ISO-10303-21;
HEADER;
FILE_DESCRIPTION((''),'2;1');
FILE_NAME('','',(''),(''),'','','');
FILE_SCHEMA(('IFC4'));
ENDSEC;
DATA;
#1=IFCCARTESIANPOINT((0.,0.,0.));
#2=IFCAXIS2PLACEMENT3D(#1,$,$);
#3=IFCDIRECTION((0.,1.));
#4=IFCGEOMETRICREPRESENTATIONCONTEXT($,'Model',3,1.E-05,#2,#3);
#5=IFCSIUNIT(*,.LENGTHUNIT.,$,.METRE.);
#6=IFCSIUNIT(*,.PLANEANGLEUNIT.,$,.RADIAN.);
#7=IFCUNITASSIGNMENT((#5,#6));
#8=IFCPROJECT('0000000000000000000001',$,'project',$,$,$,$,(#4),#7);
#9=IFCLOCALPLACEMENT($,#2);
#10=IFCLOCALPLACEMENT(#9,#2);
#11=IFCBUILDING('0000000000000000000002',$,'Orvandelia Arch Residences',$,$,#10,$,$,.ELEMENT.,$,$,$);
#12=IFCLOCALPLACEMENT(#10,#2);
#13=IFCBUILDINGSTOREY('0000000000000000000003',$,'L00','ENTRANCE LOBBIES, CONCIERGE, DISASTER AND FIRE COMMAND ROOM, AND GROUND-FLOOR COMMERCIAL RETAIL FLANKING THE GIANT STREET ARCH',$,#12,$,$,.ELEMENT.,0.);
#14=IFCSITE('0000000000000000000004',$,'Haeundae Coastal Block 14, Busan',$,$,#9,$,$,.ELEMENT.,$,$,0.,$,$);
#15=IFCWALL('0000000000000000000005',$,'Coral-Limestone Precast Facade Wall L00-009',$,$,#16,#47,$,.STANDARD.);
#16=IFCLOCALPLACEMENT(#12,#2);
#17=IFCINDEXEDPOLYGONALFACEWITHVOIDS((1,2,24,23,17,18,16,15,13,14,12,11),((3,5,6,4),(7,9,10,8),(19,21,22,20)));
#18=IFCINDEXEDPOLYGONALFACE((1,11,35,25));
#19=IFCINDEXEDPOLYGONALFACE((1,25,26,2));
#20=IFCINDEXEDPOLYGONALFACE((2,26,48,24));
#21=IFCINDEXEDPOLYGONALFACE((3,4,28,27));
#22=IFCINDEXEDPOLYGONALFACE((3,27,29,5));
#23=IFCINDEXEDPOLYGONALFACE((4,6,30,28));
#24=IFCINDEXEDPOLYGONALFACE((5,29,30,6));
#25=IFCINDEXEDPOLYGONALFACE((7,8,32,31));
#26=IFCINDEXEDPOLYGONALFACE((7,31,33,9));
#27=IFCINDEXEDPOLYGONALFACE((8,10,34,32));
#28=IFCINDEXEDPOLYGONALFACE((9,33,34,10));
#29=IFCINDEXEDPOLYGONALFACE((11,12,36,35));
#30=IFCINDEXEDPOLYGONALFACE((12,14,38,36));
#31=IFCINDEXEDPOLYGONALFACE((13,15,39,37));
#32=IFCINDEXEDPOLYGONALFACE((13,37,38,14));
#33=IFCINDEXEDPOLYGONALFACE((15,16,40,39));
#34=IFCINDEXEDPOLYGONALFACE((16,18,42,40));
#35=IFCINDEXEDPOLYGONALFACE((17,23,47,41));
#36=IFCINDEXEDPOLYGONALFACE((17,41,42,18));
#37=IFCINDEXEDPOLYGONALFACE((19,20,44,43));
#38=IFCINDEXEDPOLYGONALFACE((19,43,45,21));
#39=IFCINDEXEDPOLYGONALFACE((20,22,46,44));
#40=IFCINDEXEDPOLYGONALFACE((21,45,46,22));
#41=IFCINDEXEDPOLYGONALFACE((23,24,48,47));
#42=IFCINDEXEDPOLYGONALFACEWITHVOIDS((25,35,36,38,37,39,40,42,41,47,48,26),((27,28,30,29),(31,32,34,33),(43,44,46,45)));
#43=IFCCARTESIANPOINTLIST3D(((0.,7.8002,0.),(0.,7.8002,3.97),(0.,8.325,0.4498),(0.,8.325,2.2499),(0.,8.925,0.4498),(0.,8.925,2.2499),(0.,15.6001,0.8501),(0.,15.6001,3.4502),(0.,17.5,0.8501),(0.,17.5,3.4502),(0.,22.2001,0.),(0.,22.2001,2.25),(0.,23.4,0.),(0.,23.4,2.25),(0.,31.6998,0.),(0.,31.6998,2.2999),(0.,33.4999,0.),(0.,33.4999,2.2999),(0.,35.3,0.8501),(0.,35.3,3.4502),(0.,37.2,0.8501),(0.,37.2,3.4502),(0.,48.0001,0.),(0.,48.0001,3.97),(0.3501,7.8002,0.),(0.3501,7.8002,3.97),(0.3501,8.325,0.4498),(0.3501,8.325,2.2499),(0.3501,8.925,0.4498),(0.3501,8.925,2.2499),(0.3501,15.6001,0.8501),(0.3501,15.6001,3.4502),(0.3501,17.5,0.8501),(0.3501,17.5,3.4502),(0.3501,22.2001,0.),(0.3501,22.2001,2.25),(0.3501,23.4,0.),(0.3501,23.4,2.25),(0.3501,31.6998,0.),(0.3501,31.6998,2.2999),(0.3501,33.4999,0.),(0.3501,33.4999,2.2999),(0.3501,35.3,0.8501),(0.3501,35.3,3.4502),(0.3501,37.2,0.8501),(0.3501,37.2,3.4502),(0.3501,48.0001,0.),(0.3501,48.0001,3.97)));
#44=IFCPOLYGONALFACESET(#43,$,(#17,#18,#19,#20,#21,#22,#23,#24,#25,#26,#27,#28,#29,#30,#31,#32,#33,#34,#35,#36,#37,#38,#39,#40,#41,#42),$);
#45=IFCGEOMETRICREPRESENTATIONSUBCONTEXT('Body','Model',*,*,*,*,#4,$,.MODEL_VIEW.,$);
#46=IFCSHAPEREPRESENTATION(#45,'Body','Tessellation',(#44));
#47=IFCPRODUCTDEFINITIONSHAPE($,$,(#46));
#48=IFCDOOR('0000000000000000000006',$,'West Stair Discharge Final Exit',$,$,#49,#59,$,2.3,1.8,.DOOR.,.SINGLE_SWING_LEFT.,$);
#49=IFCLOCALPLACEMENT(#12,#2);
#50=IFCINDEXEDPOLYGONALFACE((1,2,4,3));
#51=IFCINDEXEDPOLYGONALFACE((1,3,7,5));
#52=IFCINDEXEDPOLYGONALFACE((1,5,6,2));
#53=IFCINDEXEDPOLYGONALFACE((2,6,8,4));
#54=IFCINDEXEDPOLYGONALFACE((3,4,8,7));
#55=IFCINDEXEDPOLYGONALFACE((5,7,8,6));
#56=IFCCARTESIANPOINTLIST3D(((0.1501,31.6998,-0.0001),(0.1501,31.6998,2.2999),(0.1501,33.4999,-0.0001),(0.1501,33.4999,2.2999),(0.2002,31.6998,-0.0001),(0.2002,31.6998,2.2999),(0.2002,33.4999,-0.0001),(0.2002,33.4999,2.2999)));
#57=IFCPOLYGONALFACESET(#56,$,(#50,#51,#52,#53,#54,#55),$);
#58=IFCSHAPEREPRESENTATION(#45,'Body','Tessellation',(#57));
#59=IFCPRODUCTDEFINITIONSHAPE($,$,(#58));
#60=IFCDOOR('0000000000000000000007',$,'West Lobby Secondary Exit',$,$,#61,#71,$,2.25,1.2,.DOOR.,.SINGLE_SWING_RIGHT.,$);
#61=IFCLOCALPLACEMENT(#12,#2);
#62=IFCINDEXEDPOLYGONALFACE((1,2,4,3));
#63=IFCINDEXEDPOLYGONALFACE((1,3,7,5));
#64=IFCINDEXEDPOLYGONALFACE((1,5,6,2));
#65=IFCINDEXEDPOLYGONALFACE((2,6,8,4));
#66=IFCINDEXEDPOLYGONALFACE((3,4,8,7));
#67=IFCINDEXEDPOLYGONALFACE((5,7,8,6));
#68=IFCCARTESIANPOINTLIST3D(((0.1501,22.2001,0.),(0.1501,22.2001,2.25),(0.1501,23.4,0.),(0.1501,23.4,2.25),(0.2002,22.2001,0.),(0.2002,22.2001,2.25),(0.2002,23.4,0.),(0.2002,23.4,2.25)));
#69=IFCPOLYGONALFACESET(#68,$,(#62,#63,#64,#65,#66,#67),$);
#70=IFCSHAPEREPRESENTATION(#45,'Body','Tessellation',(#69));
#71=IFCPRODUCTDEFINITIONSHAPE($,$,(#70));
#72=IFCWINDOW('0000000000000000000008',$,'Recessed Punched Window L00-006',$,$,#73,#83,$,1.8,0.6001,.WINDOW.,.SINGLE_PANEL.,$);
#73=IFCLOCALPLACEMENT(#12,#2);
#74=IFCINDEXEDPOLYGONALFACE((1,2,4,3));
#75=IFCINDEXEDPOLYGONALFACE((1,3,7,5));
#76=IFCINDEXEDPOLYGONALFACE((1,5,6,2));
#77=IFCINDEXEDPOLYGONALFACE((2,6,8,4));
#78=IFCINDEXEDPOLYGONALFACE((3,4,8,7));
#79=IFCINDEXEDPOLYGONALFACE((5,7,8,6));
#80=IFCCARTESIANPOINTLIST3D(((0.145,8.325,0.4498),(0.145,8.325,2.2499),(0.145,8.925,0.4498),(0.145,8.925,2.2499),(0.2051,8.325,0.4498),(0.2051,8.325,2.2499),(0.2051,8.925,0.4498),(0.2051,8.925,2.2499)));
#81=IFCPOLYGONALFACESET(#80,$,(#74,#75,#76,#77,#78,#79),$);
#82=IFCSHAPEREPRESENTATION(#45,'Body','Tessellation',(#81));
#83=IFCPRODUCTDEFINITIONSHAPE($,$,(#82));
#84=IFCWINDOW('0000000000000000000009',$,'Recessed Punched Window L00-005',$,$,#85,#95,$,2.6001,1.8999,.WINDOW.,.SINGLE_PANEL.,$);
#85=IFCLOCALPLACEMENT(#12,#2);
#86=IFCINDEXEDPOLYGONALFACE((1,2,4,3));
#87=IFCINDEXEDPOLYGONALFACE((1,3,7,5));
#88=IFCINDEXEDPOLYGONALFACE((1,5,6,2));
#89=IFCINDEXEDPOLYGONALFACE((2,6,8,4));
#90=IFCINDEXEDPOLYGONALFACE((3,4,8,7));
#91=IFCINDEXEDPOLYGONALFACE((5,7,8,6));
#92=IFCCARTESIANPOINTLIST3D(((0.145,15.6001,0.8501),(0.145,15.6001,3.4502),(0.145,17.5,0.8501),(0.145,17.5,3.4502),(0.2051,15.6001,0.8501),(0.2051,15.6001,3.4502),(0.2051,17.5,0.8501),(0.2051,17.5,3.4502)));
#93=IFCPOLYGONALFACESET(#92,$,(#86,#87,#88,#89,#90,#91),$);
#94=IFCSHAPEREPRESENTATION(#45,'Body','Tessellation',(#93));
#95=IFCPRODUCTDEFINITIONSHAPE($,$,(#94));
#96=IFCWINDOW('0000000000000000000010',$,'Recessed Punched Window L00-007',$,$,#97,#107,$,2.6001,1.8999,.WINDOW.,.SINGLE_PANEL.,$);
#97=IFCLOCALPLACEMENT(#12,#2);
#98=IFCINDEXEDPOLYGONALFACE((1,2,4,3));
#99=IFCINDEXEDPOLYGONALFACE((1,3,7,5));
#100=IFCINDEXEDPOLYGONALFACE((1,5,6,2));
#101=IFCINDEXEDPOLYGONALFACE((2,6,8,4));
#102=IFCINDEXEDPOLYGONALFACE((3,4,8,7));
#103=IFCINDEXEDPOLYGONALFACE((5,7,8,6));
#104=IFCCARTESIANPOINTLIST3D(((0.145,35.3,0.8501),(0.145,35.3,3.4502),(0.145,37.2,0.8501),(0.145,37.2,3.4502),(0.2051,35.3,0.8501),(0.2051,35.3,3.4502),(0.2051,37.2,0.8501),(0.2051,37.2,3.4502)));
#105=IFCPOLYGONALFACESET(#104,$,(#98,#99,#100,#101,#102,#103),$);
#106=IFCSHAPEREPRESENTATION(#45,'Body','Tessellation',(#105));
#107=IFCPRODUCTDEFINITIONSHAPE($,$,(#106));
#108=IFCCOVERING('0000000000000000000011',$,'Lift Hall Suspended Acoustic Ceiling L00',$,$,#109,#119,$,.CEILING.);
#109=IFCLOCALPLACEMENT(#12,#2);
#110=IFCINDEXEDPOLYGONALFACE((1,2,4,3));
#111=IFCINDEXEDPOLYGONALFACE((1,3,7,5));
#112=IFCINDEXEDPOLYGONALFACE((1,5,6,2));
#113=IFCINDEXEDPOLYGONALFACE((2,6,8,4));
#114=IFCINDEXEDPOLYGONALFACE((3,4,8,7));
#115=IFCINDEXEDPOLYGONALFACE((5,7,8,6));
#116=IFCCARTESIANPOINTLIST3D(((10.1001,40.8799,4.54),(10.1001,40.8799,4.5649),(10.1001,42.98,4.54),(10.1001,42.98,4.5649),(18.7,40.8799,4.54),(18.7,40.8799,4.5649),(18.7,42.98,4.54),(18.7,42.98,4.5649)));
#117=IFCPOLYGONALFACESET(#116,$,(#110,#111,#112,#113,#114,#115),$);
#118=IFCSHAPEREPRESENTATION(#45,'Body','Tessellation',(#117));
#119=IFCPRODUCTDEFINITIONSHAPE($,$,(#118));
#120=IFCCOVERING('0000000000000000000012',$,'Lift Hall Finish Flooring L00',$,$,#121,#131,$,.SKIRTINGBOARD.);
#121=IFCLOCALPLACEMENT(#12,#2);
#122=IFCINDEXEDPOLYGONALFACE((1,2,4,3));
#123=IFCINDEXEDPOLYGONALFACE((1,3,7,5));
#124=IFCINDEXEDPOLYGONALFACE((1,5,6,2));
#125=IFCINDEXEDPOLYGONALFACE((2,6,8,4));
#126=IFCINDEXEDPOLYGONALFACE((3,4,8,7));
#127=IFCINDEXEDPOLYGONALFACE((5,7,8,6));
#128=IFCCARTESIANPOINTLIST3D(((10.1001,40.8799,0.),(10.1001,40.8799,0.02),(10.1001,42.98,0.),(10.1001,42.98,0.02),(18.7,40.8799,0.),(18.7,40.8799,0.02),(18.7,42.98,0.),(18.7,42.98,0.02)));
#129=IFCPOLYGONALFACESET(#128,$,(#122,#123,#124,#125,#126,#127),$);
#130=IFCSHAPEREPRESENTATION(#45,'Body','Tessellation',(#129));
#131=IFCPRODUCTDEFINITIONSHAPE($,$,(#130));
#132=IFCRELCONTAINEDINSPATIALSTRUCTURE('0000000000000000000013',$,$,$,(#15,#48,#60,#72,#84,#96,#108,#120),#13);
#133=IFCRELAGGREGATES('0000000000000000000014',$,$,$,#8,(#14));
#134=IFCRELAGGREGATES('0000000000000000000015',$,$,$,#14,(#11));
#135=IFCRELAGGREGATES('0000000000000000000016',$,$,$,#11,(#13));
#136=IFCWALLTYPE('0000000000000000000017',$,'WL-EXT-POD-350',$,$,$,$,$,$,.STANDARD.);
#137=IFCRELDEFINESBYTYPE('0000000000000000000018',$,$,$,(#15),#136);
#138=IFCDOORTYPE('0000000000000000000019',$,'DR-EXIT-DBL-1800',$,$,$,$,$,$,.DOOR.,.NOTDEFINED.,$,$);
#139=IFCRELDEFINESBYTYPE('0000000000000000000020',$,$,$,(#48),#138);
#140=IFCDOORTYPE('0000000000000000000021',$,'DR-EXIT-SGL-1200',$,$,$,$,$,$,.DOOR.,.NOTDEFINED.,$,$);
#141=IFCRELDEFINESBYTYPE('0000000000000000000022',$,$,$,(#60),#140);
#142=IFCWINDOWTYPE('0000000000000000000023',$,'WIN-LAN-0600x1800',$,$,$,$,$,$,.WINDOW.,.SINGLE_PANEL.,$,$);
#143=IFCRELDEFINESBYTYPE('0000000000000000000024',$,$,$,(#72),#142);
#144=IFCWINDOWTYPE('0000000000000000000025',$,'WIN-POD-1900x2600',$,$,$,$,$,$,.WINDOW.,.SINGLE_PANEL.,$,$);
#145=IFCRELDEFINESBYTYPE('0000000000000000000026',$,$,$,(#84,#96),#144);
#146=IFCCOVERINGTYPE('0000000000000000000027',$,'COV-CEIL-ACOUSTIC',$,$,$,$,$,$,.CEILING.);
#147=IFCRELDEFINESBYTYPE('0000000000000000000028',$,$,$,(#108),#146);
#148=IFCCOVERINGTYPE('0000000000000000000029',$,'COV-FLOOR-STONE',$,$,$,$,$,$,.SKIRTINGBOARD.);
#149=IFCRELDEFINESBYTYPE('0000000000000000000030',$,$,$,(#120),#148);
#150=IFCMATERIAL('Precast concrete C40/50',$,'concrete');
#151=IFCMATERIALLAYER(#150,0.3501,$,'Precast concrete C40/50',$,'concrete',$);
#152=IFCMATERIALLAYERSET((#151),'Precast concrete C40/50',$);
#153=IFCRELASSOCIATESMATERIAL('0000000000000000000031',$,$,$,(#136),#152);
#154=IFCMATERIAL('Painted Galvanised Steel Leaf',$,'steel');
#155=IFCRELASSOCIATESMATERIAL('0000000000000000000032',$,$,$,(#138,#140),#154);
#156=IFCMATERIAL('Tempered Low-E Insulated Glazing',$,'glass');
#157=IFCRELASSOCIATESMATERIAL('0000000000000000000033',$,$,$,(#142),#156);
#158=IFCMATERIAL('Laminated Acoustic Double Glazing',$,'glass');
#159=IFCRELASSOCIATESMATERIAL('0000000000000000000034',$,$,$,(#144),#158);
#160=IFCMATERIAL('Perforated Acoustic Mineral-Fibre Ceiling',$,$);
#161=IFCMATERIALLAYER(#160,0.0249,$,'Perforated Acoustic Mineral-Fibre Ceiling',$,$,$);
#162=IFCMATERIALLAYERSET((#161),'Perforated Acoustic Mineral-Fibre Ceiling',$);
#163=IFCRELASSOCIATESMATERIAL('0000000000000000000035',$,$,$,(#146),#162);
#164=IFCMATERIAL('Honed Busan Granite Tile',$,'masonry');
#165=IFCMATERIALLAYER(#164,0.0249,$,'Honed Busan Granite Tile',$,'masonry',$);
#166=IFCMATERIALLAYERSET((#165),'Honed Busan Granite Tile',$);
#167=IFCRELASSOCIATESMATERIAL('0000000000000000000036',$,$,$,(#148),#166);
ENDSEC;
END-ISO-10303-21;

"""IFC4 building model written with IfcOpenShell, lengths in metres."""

from ifc_helpers import new_model, si_unit, direction, frame, frame_2d, origin, place, context, subcontext, project, spatial, polyline, rectangle, outline, extrude, material, layer, layer_set, type_object, element, fill, save


model = new_model("IFC4")

# Units and contexts
model_context = context("Model", 3, precision=1e-05, world=origin(), true_north=direction((0.0, 1.0)))
body_context = subcontext(model_context, "Body", "Model", "MODEL_VIEW")
ifc_project = project(units=[si_unit("LENGTHUNIT", "METRE"), si_unit("PLANEANGLEUNIT", "RADIAN")], contexts=[model_context])

# Site, building, storey
site_placement = place(None, origin())
site = spatial("IfcSite", under=ifc_project, at=site_placement, Name="Haeundae Coastal Block 14, Busan", CompositionType="ELEMENT", RefElevation=0.0)
building_placement = place(site_placement, origin())
building = spatial("IfcBuilding", under=site, at=building_placement, Name="Orvandelia Arch Residences", CompositionType="ELEMENT")
storey_placement = place(building_placement, origin())
storey = spatial("IfcBuildingStorey", under=building, at=storey_placement, Name="L00", Description="ENTRANCE LOBBIES, CONCIERGE, DISASTER AND FIRE COMMAND ROOM, AND GROUND-FLOOR COMMERCIAL RETAIL FLANKING THE GIANT STREET ARCH", CompositionType="ELEMENT", Elevation=0.0)

# Shared definitions
ifc_material_1 = material(Name="Precast concrete C40/50", Category="concrete")

# Shared definitions
ifc_layer_1 = layer(ifc_material_1, 0.3501, Name="Precast concrete C40/50", Category="concrete")
ifc_layer_set_1 = layer_set([ifc_layer_1], Name="Precast concrete C40/50")
wall_type = type_object("IfcWallType", Name="WL-EXT-POD-350", PredefinedType="STANDARD", material=ifc_layer_set_1)
ifc_material_2 = material(Name="Laminated Acoustic Double Glazing", Category="glass")

# Wall, openings, doors, windows
wall_1_placement = place(storey_placement, frame((0.175, 7.8, 0.0), z_axis=(0.0, 0.0, 1.0), x_axis=(0.0, 1.0, 0.0)))
wall_1 = element("IfcWall", 1, at=wall_1_placement, inside=storey, type_object=wall_type, Name="Coral-Limestone Precast Facade Wall L00-009", PredefinedType="STANDARD", context=body_context, shape_type="SweptSolid", body=[
    extrude(rectangle(XDim=40.2, YDim=0.3501, at=frame_2d((20.1001, 0.0))), origin(), (0.0, 0.0, 1.0), 3.97),
])
opening_1_placement = place(wall_1_placement, frame((23.8999, 0.0, 0.0)))
opening_1 = element("IfcOpeningElement", 2, at=opening_1_placement, cuts=wall_1, PredefinedType="OPENING", context=body_context, shape_type="SweptSolid", body=[
    extrude(rectangle(XDim=1.8, YDim=2.3, at=frame_2d((0.8999, 1.1499))), frame((0.0, 0.1851, 0.0), z_axis=(0.0, -1.0, 0.0), x_axis=(1.0, 0.0, 0.0)), (0.0, 0.0, 1.0), 0.3701),
])
opening_2_placement = place(wall_1_placement, frame((14.3999, 0.0, 0.0)))
opening_2 = element("IfcOpeningElement", 3, at=opening_2_placement, cuts=wall_1, PredefinedType="OPENING", context=body_context, shape_type="SweptSolid", body=[
    extrude(rectangle(XDim=1.2, YDim=2.25, at=frame_2d((0.6001, 1.125))), frame((0.0, 0.1851, 0.0), z_axis=(0.0, -1.0, 0.0), x_axis=(1.0, 0.0, 0.0)), (0.0, 0.0, 1.0), 0.3701),
])
opening_3_placement = place(wall_1_placement, frame((7.8, 0.0, 0.8501)))
opening_3 = element("IfcOpeningElement", 4, at=opening_3_placement, cuts=wall_1, PredefinedType="OPENING", context=body_context, shape_type="SweptSolid", body=[
    extrude(rectangle(XDim=1.8999, YDim=2.6001, at=frame_2d((0.95, 1.3))), frame((0.0, 0.1851, 0.0), z_axis=(0.0, -1.0, 0.0), x_axis=(1.0, 0.0, 0.0)), (0.0, 0.0, 1.0), 0.3701),
])
opening_4_placement = place(wall_1_placement, frame((0.5249, 0.0, 0.45)))
opening_4 = element("IfcOpeningElement", 5, at=opening_4_placement, cuts=wall_1, PredefinedType="OPENING", context=body_context, shape_type="SweptSolid", body=[
    extrude(rectangle(XDim=0.6001, YDim=1.8, at=frame_2d((0.3, 0.8999))), frame((0.0, 0.1851, 0.0), z_axis=(0.0, -1.0, 0.0), x_axis=(1.0, 0.0, 0.0)), (0.0, 0.0, 1.0), 0.3701),
])
opening_5_placement = place(wall_1_placement, frame((27.5, 0.0, 0.8501)))
opening_5 = element("IfcOpeningElement", 6, at=opening_5_placement, cuts=wall_1, PredefinedType="OPENING", context=body_context, shape_type="SweptSolid", body=[
    extrude(rectangle(XDim=1.8999, YDim=2.6001, at=frame_2d((0.95, 1.3))), frame((0.0, 0.1851, 0.0), z_axis=(0.0, -1.0, 0.0), x_axis=(1.0, 0.0, 0.0)), (0.0, 0.0, 1.0), 0.3701),
])
ifc_material_3 = material(Name="Painted Galvanised Steel Leaf", Category="steel")
door_type_1 = type_object("IfcDoorType", Name="DR-EXIT-DBL-1800", OperationType="NOTDEFINED", PredefinedType="DOOR", material=ifc_material_3)
door_1_placement = place(opening_1_placement, origin())
door_1 = element("IfcDoor", 7, at=door_1_placement, inside=storey, type_object=door_type_1, Name="West Stair Discharge Final Exit", OperationType="SINGLE_SWING_LEFT", OverallHeight=2.3, OverallWidth=1.8, PredefinedType="DOOR", context=body_context, shape_type="SweptSolid", body=[
    extrude(rectangle(XDim=1.8, YDim=2.3, at=frame_2d((0.8999, 1.1499))), frame((0.0, 0.0249, 0.0), z_axis=(0.0, -1.0, 0.0), x_axis=(1.0, 0.0, 0.0)), (0.0, 0.0, 1.0), 0.05),
])
fill(opening_1, door_1)
door_type_2 = type_object("IfcDoorType", Name="DR-EXIT-SGL-1200", OperationType="NOTDEFINED", PredefinedType="DOOR", material=ifc_material_3)
door_2_placement = place(opening_2_placement, origin())
door_2 = element("IfcDoor", 8, at=door_2_placement, inside=storey, type_object=door_type_2, Name="West Lobby Secondary Exit", OperationType="SINGLE_SWING_RIGHT", OverallHeight=2.25, OverallWidth=1.2, PredefinedType="DOOR", context=body_context, shape_type="SweptSolid", body=[
    extrude(rectangle(XDim=1.2, YDim=2.25, at=frame_2d((0.6001, 1.125))), frame((0.0, 0.0249, 0.0), z_axis=(0.0, -1.0, 0.0), x_axis=(1.0, 0.0, 0.0)), (0.0, 0.0, 1.0), 0.05),
])
fill(opening_2, door_2)
ifc_material_4 = material(Name="Tempered Low-E Insulated Glazing", Category="glass")
window_type_1 = type_object("IfcWindowType", Name="WIN-LAN-0600x1800", PartitioningType="SINGLE_PANEL", PredefinedType="WINDOW", material=ifc_material_4)
window_1_placement = place(opening_4_placement, origin())
window_1 = element("IfcWindow", 9, at=window_1_placement, inside=storey, type_object=window_type_1, Name="Recessed Punched Window L00-006", OverallHeight=1.8, OverallWidth=0.6001, PartitioningType="SINGLE_PANEL", PredefinedType="WINDOW", context=body_context, shape_type="SweptSolid", body=[
    extrude(rectangle(XDim=0.6001, YDim=1.8, at=frame_2d((0.3, 0.8999))), frame((0.0, 0.03, 0.0), z_axis=(0.0, -1.0, 0.0), x_axis=(1.0, 0.0, 0.0)), (0.0, 0.0, 1.0), 0.0601),
])
fill(opening_4, window_1)
window_type_2 = type_object("IfcWindowType", Name="WIN-POD-1900x2600", PartitioningType="SINGLE_PANEL", PredefinedType="WINDOW", material=ifc_material_2)
window_2_placement = place(opening_3_placement, origin())
window_2 = element("IfcWindow", 10, at=window_2_placement, inside=storey, type_object=window_type_2, Name="Recessed Punched Window L00-005", OverallHeight=2.6001, OverallWidth=1.8999, PartitioningType="SINGLE_PANEL", PredefinedType="WINDOW", context=body_context, shape_type="SweptSolid", body=[
    extrude(rectangle(XDim=1.8999, YDim=2.6001, at=frame_2d((0.95, 1.3))), frame((0.0, 0.03, 0.0), z_axis=(0.0, -1.0, 0.0), x_axis=(1.0, 0.0, 0.0)), (0.0, 0.0, 1.0), 0.0601),
])
fill(opening_3, window_2)
window_3_placement = place(opening_5_placement, origin())
window_3 = element("IfcWindow", 11, at=window_3_placement, inside=storey, type_object=window_type_2, Name="Recessed Punched Window L00-007", OverallHeight=2.6001, OverallWidth=1.8999, PartitioningType="SINGLE_PANEL", PredefinedType="WINDOW", context=body_context, shape_type="SweptSolid", body=[
    extrude(rectangle(XDim=1.8999, YDim=2.6001, at=frame_2d((0.95, 1.3))), frame((0.0, 0.03, 0.0), z_axis=(0.0, -1.0, 0.0), x_axis=(1.0, 0.0, 0.0)), (0.0, 0.0, 1.0), 0.0601),
])
fill(opening_5, window_3)

# Coverings
ifc_material_5 = material(Name="Perforated Acoustic Mineral-Fibre Ceiling")
ifc_layer_2 = layer(ifc_material_5, 0.0249, Name="Perforated Acoustic Mineral-Fibre Ceiling")
ifc_layer_set_2 = layer_set([ifc_layer_2], Name="Perforated Acoustic Mineral-Fibre Ceiling")
covering_type_1 = type_object("IfcCoveringType", Name="COV-CEIL-ACOUSTIC", PredefinedType="CEILING", material=ifc_layer_set_2)
covering_1_placement = place(storey_placement, frame((0.0, 0.0, 4.54)))
element("IfcCovering", 12, at=covering_1_placement, inside=storey, type_object=covering_type_1, Name="Lift Hall Suspended Acoustic Ceiling L00", PredefinedType="CEILING", context=body_context, shape_type="SweptSolid", body=[
    extrude(outline(polyline([(10.1001, 40.8799), (18.7, 40.8799), (18.7, 42.98), (10.1001, 42.98), (10.1001, 40.8799)])), origin(), (0.0, 0.0, 1.0), 0.0249),
])
ifc_material_6 = material(Name="Honed Busan Granite Tile", Category="masonry")
ifc_layer_3 = layer(ifc_material_6, 0.0249, Name="Honed Busan Granite Tile", Category="masonry")
ifc_layer_set_3 = layer_set([ifc_layer_3], Name="Honed Busan Granite Tile")
covering_type_2 = type_object("IfcCoveringType", Name="COV-FLOOR-STONE", PredefinedType="SKIRTINGBOARD", material=ifc_layer_set_3)
covering_2_placement = place(storey_placement, origin())
element("IfcCovering", 13, at=covering_2_placement, inside=storey, type_object=covering_type_2, Name="Lift Hall Finish Flooring L00", PredefinedType="SKIRTINGBOARD", context=body_context, shape_type="SweptSolid", body=[
    extrude(outline(polyline([(10.1001, 40.8799), (18.7, 40.8799), (18.7, 42.98), (10.1001, 42.98), (10.1001, 40.8799)])), origin(), (0.0, 0.0, 1.0), 0.02),
])

save(model, "model.ifc")
